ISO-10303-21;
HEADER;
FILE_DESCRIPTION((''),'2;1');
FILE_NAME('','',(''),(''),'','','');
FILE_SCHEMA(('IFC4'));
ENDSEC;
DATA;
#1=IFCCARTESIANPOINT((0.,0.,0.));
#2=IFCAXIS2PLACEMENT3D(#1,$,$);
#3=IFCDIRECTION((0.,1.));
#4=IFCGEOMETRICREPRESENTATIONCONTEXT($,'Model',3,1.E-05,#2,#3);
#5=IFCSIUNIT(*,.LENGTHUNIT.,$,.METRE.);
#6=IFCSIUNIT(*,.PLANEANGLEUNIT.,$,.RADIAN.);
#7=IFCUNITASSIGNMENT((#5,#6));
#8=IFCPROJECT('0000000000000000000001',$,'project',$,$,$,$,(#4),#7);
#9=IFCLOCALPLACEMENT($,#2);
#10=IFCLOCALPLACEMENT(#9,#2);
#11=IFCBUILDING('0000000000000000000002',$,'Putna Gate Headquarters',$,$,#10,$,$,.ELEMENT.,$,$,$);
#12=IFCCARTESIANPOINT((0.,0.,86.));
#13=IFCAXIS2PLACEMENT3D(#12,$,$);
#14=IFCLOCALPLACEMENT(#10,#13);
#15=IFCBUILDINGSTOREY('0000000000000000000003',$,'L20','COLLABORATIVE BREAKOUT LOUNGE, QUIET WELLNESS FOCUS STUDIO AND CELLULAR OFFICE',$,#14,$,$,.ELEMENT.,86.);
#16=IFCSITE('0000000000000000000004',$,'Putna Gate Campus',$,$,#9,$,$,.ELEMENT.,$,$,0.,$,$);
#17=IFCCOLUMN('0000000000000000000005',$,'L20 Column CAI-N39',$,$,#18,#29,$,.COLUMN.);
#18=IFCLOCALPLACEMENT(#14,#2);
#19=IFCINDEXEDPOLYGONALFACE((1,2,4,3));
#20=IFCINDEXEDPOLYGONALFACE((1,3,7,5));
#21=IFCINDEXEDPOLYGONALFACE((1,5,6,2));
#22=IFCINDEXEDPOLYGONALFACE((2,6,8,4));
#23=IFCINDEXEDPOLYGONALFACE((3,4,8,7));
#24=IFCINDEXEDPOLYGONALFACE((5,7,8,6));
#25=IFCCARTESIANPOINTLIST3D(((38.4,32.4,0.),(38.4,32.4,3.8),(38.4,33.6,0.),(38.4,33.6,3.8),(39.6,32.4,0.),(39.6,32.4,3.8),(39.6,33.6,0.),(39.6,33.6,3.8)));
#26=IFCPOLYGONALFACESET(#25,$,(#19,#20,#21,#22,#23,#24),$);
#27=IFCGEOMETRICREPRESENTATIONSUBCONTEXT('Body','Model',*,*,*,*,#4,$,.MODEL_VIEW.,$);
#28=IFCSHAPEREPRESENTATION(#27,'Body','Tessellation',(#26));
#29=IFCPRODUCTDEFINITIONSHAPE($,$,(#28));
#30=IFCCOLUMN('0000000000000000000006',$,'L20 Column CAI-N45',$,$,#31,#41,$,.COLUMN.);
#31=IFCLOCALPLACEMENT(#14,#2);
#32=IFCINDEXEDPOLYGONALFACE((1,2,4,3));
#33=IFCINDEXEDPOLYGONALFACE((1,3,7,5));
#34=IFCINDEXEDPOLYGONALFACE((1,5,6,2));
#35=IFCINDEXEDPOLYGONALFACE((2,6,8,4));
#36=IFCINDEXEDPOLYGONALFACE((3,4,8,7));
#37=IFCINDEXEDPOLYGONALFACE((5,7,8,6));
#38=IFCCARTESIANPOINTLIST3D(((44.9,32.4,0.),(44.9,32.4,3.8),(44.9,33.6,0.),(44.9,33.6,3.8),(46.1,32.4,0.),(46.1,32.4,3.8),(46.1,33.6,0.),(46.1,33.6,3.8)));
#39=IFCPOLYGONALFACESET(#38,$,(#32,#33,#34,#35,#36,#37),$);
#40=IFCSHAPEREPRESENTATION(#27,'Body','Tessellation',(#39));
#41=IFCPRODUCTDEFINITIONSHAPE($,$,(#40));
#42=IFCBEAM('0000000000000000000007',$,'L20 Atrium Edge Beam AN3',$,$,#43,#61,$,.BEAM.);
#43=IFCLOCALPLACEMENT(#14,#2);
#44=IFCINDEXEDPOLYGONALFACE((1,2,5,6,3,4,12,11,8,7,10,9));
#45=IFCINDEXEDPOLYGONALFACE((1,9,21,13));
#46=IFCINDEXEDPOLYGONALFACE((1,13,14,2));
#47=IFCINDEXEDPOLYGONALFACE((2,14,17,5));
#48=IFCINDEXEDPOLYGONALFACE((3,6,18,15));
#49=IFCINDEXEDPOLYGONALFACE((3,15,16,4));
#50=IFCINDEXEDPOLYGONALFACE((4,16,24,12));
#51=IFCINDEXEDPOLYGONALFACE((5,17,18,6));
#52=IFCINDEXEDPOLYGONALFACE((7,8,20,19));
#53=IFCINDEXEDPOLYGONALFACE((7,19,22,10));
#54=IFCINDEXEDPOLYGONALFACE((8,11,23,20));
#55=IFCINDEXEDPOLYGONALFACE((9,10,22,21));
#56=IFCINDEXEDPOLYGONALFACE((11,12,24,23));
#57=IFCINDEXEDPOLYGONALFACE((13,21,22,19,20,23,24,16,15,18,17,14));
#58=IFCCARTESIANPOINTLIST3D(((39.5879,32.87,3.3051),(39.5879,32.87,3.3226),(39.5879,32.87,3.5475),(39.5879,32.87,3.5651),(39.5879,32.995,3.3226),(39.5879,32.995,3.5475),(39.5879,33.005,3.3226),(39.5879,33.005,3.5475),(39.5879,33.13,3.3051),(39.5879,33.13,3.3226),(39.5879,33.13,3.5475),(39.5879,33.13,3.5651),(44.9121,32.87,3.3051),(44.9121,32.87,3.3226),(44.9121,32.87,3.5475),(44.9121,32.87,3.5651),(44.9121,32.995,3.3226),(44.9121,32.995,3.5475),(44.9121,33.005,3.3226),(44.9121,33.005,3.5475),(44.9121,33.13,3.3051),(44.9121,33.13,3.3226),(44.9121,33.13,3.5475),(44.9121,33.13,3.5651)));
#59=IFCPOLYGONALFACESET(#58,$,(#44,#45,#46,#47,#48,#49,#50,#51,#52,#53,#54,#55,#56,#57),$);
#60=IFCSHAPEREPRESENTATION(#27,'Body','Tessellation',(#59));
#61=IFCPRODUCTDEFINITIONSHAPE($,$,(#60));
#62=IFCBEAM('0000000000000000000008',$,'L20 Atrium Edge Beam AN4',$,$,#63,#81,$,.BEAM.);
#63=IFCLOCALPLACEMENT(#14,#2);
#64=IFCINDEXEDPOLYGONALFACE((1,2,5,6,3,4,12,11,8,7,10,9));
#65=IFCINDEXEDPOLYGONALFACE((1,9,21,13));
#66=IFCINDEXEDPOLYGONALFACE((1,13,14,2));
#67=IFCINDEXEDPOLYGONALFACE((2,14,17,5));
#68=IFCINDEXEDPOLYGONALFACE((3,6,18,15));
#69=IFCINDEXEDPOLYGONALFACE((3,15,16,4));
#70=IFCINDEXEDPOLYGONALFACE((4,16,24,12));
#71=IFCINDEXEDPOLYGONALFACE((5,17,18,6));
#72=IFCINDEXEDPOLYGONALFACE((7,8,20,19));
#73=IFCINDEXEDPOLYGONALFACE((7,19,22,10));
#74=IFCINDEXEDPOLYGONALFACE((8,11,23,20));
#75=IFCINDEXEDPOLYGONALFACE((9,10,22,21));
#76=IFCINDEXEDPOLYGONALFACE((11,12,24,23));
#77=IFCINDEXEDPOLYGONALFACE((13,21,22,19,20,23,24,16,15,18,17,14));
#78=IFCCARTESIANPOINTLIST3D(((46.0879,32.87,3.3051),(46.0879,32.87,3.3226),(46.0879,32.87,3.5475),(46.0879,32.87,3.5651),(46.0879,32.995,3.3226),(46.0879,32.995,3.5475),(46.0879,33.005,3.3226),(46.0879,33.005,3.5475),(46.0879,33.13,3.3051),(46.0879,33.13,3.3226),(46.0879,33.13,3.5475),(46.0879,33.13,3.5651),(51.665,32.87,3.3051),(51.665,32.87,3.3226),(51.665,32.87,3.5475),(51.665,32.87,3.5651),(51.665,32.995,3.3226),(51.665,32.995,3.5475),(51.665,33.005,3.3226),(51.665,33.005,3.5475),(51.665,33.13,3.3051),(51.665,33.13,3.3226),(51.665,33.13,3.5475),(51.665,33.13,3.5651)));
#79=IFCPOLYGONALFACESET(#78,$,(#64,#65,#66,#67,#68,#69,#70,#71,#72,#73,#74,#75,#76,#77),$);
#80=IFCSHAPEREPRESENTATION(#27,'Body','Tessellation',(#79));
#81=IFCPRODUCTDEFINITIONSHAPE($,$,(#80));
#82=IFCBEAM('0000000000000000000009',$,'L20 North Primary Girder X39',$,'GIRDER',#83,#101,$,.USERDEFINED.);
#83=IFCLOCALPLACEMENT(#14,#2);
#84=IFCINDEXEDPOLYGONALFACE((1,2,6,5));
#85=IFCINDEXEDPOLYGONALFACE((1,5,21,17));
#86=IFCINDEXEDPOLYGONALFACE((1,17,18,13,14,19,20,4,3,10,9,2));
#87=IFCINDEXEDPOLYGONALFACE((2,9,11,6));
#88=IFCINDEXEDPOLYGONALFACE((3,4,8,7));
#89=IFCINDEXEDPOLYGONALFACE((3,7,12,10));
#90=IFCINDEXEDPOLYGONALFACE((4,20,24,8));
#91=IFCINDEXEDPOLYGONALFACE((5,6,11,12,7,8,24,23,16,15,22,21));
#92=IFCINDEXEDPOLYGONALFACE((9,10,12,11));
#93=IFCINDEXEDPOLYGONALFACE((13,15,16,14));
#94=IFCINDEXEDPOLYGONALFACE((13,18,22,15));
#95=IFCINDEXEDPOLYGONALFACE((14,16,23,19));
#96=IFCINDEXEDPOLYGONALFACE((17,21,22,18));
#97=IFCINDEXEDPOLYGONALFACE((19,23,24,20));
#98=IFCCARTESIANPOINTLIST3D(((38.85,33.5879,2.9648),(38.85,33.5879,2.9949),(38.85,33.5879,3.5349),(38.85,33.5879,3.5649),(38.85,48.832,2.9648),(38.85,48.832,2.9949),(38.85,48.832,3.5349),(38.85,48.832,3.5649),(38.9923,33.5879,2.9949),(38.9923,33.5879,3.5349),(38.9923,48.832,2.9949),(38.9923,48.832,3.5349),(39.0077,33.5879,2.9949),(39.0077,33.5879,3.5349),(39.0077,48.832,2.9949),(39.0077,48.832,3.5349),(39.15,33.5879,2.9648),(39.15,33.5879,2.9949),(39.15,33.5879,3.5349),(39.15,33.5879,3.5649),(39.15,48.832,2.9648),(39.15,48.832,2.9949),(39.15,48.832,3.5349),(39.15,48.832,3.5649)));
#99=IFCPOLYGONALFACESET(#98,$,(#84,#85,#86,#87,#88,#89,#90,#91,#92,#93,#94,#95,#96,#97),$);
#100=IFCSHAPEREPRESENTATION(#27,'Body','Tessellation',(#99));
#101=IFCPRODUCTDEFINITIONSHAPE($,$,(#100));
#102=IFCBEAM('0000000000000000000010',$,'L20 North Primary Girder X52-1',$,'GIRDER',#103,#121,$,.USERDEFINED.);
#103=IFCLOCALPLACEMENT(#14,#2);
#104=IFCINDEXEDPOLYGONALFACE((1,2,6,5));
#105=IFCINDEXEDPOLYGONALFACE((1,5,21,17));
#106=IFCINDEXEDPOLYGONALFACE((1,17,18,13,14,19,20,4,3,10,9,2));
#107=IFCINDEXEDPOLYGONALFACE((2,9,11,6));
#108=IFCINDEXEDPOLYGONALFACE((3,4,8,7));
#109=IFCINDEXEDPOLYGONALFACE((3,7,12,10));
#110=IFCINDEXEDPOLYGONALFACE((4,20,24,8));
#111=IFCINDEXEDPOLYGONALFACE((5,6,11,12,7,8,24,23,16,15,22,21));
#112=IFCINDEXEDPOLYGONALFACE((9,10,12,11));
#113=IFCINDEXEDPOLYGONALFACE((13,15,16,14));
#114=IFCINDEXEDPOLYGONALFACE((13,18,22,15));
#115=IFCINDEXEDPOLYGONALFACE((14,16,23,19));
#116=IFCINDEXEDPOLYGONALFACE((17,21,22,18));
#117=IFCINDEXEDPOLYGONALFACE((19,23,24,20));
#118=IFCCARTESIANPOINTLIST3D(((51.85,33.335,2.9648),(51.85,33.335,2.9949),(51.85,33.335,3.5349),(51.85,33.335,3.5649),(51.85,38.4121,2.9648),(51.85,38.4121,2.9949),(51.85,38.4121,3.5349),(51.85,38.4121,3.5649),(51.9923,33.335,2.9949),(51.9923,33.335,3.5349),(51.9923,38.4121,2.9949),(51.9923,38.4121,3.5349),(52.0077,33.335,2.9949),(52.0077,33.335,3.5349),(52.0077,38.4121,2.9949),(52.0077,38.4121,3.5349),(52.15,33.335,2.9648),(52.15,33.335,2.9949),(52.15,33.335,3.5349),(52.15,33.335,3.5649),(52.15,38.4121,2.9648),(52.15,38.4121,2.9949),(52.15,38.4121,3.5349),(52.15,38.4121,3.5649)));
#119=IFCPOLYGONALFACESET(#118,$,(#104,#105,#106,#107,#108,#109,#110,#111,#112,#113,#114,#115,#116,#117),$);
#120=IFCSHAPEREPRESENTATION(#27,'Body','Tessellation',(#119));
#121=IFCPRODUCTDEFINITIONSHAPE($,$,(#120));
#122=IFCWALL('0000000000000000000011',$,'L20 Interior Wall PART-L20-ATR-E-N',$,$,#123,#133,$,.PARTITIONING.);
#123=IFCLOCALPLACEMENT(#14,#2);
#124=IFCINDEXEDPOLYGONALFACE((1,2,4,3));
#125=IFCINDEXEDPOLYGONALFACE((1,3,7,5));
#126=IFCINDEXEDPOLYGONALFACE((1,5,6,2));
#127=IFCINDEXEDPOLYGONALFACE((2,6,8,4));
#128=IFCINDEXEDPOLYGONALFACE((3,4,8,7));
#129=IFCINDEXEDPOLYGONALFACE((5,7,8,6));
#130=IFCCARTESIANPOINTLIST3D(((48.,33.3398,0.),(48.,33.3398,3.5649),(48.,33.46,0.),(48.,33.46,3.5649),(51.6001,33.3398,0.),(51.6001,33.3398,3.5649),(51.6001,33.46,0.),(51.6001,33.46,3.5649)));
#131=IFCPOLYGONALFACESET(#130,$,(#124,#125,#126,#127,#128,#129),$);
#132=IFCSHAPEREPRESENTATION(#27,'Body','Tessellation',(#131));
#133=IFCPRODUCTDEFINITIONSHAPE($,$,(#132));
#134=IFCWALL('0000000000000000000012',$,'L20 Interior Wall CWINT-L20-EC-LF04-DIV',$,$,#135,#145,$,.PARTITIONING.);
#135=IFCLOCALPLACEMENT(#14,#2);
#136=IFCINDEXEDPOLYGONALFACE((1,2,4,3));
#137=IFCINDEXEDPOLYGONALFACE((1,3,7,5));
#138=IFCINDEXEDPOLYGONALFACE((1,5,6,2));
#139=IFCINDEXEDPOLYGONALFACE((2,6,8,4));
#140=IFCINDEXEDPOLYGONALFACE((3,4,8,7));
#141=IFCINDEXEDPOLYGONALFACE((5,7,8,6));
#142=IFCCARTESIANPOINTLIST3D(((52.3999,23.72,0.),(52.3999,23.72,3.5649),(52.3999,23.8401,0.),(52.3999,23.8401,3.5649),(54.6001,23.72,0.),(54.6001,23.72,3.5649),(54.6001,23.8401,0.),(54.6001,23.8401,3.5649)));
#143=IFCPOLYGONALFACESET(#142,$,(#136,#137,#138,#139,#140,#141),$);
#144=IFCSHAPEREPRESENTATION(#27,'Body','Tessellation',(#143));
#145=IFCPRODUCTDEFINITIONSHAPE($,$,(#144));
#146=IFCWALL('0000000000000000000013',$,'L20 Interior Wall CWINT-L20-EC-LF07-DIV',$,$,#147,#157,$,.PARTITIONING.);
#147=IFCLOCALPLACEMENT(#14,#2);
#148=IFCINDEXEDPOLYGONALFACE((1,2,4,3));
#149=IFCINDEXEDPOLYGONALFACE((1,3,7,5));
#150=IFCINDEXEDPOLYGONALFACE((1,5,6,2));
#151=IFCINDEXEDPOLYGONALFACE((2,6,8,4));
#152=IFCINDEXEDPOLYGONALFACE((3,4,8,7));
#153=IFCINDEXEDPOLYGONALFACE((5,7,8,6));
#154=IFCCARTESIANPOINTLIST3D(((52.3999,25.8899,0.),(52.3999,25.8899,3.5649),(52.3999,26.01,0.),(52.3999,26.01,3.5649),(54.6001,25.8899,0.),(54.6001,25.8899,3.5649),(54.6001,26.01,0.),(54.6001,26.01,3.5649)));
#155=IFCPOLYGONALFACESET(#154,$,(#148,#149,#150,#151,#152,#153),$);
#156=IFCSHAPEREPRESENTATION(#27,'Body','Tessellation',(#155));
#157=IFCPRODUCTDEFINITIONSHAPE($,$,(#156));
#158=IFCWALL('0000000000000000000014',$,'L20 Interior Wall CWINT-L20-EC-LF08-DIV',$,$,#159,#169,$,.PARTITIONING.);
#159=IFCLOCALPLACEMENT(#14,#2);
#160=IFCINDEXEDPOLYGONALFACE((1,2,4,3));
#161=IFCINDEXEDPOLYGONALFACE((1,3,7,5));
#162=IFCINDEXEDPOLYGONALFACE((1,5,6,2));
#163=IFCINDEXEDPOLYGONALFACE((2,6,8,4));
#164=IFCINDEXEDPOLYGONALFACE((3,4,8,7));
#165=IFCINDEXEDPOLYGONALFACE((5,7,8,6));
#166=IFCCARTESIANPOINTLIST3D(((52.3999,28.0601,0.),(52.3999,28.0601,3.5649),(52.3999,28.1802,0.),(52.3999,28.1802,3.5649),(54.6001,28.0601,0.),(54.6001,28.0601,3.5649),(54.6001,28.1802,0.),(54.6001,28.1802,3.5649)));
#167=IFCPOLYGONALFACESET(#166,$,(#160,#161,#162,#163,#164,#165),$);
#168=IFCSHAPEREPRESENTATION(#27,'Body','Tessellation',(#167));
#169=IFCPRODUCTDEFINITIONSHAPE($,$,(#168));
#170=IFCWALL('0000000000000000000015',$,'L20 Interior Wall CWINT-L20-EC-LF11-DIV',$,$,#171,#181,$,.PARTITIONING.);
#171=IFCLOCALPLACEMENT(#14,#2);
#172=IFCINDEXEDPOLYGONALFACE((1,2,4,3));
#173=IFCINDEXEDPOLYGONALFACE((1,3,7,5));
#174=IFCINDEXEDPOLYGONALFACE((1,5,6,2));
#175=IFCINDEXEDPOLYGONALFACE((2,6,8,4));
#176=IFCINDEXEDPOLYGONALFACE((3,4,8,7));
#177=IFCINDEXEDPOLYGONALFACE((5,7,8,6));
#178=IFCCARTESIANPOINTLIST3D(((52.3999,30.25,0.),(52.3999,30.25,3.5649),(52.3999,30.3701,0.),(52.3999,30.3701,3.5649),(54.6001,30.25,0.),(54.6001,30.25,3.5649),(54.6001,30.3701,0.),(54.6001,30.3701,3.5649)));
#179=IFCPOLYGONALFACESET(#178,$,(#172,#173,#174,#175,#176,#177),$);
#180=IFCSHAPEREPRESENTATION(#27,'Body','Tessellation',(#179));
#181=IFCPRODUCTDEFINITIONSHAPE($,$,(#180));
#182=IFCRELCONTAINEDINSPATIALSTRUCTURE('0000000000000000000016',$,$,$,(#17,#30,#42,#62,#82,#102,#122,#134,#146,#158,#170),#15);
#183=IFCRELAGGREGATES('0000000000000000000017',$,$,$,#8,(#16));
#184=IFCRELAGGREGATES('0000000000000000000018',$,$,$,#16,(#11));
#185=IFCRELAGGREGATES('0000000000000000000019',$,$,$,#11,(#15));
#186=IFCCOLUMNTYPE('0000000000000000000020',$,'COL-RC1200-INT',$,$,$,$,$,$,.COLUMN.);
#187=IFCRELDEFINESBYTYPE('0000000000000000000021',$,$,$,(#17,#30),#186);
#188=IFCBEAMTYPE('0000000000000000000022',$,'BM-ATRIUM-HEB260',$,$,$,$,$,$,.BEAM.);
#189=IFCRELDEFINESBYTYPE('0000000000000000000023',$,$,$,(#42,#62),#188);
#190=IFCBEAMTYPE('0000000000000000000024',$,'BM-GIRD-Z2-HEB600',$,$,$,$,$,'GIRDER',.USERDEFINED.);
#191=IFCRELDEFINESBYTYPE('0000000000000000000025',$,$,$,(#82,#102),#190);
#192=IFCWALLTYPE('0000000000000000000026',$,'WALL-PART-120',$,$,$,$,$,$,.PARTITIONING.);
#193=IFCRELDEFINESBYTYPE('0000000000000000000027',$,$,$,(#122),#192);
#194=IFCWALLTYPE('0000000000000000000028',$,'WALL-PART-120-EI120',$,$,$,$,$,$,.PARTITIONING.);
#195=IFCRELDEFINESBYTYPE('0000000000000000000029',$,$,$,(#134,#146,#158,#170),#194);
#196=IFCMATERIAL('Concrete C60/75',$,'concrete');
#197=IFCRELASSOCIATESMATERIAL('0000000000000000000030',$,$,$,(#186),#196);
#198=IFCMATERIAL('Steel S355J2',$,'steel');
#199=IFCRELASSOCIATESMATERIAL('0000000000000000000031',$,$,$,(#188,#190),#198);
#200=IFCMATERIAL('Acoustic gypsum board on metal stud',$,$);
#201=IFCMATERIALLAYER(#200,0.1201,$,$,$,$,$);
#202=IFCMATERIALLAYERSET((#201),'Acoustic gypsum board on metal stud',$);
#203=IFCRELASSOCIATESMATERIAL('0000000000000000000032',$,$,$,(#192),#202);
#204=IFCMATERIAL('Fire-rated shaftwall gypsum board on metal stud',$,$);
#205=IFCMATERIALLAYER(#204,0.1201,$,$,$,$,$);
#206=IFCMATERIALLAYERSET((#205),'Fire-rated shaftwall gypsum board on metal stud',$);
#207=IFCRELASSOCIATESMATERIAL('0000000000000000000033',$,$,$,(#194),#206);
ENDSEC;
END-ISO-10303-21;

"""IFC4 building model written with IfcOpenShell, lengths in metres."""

from ifc_helpers import new_model, si_unit, direction, frame, frame_2d, origin, origin_2d, place, context, subcontext, project, spatial, rectangle, i_section, extrude, material, layer, layer_set, material_profile, profile_set, type_object, element, save


model = new_model("IFC4")

# Units and contexts
model_context = context("Model", 3, precision=1e-05, world=origin(), true_north=direction((0.0, 1.0)))
body_context = subcontext(model_context, "Body", "Model", "MODEL_VIEW")
ifc_project = project(units=[si_unit("LENGTHUNIT", "METRE"), si_unit("PLANEANGLEUNIT", "RADIAN")], contexts=[model_context])

# Site, building, storey
site_placement = place(None, origin())
site = spatial("IfcSite", under=ifc_project, at=site_placement, Name="Putna Gate Campus", CompositionType="ELEMENT", RefElevation=0.0)
building_placement = place(site_placement, origin())
building = spatial("IfcBuilding", under=site, at=building_placement, Name="Putna Gate Headquarters", CompositionType="ELEMENT")
storey_placement = place(building_placement, frame((0.0, 0.0, 86.0)))
storey = spatial("IfcBuildingStorey", under=building, at=storey_placement, Name="L20", Description="COLLABORATIVE BREAKOUT LOUNGE, QUIET WELLNESS FOCUS STUDIO AND CELLULAR OFFICE", CompositionType="ELEMENT", Elevation=86.0)

# Columns
ifc_material_1 = material(Name="Concrete C60/75", Category="concrete")
ifc_material_profile_1 = material_profile(ifc_material_1, rectangle(XDim=1.2, YDim=1.2, at=origin_2d()), Name="Concrete C60/75")
ifc_profile_set_1 = profile_set([ifc_material_profile_1], Name="Concrete C60/75")
column_type = type_object("IfcColumnType", Name="COL-RC1200-INT", PredefinedType="COLUMN", material=ifc_profile_set_1)
for number, where, z_axis, x_axis, name in (
    (1, (39.0, 33.0, 0.0), (0.0, 0.0, 1.0), (1.0, 0.0, 0.0), "L20 Column CAI-N39"),
    (2, (45.5, 33.0, 0.0), (0.0, 0.0, 1.0), (1.0, 0.0, 0.0), "L20 Column CAI-N45"),
):
    element("IfcColumn", number, at=place(storey_placement, frame(where, z_axis=z_axis, x_axis=x_axis)), inside=storey, type_object=column_type, Name=name, PredefinedType="COLUMN", context=body_context, shape_type="SweptSolid", body=[
        extrude(rectangle(XDim=1.2, YDim=1.2, at=origin_2d()), origin(), (0.0, 0.0, 1.0), 3.8),
    ])

# Beams
ifc_material_2 = material(Name="Steel S355J2", Category="steel")
ifc_material_profile_2 = material_profile(ifc_material_2, i_section(OverallWidth=0.26, OverallDepth=0.26, WebThickness=0.01, FlangeThickness=0.0176, at=origin_2d()), Name="Steel S355J2")
ifc_profile_set_2 = profile_set([ifc_material_profile_2], Name="Steel S355J2")
beam_type_1 = type_object("IfcBeamType", Name="BM-ATRIUM-HEB260", PredefinedType="BEAM", material=ifc_profile_set_2)
beam_1_placement = place(storey_placement, frame((39.5879, 33.0, 3.4351), z_axis=(1.0, 0.0, 0.0), x_axis=(0.0, 1.0, 0.0)))
element("IfcBeam", 3, at=beam_1_placement, inside=storey, type_object=beam_type_1, Name="L20 Atrium Edge Beam AN3", PredefinedType="BEAM", context=body_context, shape_type="SweptSolid", body=[
    extrude(i_section(OverallWidth=0.26, OverallDepth=0.26, WebThickness=0.01, FlangeThickness=0.0176, at=origin_2d()), origin(), (0.0, 0.0, 1.0), 5.3242),
])
beam_2_placement = place(storey_placement, frame((46.0879, 33.0, 3.4351), z_axis=(1.0, 0.0, 0.0), x_axis=(0.0, 1.0, 0.0)))
element("IfcBeam", 4, at=beam_2_placement, inside=storey, type_object=beam_type_1, Name="L20 Atrium Edge Beam AN4", PredefinedType="BEAM", context=body_context, shape_type="SweptSolid", body=[
    extrude(i_section(OverallWidth=0.26, OverallDepth=0.26, WebThickness=0.01, FlangeThickness=0.0176, at=origin_2d()), origin(), (0.0, 0.0, 1.0), 5.5771),
])
ifc_material_profile_3 = material_profile(ifc_material_2, i_section(OverallWidth=0.3, OverallDepth=0.6001, WebThickness=0.0154, FlangeThickness=0.03, at=origin_2d()), Name="Steel S355J2")
ifc_profile_set_3 = profile_set([ifc_material_profile_3], Name="Steel S355J2")
beam_type_2 = type_object("IfcBeamType", Name="BM-GIRD-Z2-HEB600", ElementType="GIRDER", PredefinedType="USERDEFINED", material=ifc_profile_set_3)
beam_3_placement = place(storey_placement, frame((39.0, 33.5879, 3.2649), z_axis=(0.0, 1.0, 0.0), x_axis=(-1.0, 0.0, 0.0)))
element("IfcBeam", 5, at=beam_3_placement, inside=storey, type_object=beam_type_2, Name="L20 North Primary Girder X39", ObjectType="GIRDER", PredefinedType="USERDEFINED", context=body_context, shape_type="SweptSolid", body=[
    extrude(i_section(OverallWidth=0.3, OverallDepth=0.6001, WebThickness=0.0154, FlangeThickness=0.03, at=origin_2d()), origin(), (0.0, 0.0, 1.0), 15.2441),
])
beam_4_placement = place(storey_placement, frame((52.0, 33.335, 3.2649), z_axis=(0.0, 1.0, 0.0), x_axis=(-1.0, 0.0, 0.0)))
element("IfcBeam", 6, at=beam_4_placement, inside=storey, type_object=beam_type_2, Name="L20 North Primary Girder X52-1", ObjectType="GIRDER", PredefinedType="USERDEFINED", context=body_context, shape_type="SweptSolid", body=[
    extrude(i_section(OverallWidth=0.3, OverallDepth=0.6001, WebThickness=0.0154, FlangeThickness=0.03, at=origin_2d()), origin(), (0.0, 0.0, 1.0), 5.0771),
])

# Walls
ifc_material_3 = material(Name="Acoustic gypsum board on metal stud")
ifc_layer_1 = layer(ifc_material_3, 0.1201)
ifc_layer_set_1 = layer_set([ifc_layer_1], Name="Acoustic gypsum board on metal stud")
wall_type_1 = type_object("IfcWallType", Name="WALL-PART-120", PredefinedType="PARTITIONING", material=ifc_layer_set_1)
wall_1_placement = place(storey_placement, frame((48.0, 33.3999, 0.0), z_axis=(0.0, 0.0, 1.0), x_axis=(1.0, 0.0, 0.0)))
element("IfcWall", 7, at=wall_1_placement, inside=storey, type_object=wall_type_1, Name="L20 Interior Wall PART-L20-ATR-E-N", PredefinedType="PARTITIONING", context=body_context, shape_type="SweptSolid", body=[
    extrude(rectangle(XDim=3.6001, YDim=0.1201, at=frame_2d((1.8, 0.0))), origin(), (0.0, 0.0, 1.0), 3.5649),
])
ifc_material_4 = material(Name="Fire-rated shaftwall gypsum board on metal stud")
ifc_layer_2 = layer(ifc_material_4, 0.1201)
ifc_layer_set_2 = layer_set([ifc_layer_2], Name="Fire-rated shaftwall gypsum board on metal stud")
wall_type_2 = type_object("IfcWallType", Name="WALL-PART-120-EI120", PredefinedType="PARTITIONING", material=ifc_layer_set_2)
for number, where, z_axis, x_axis, name in (
    (8, (52.3999, 23.78, 0.0), (0.0, 0.0, 1.0), (1.0, 0.0, 0.0), "L20 Interior Wall CWINT-L20-EC-LF04-DIV"),
    (9, (52.3999, 25.95, 0.0), (0.0, 0.0, 1.0), (1.0, 0.0, 0.0), "L20 Interior Wall CWINT-L20-EC-LF07-DIV"),
    (10, (52.3999, 28.1201, 0.0), (0.0, 0.0, 1.0), (1.0, 0.0, 0.0), "L20 Interior Wall CWINT-L20-EC-LF08-DIV"),
    (11, (52.3999, 30.3101, 0.0), (0.0, 0.0, 1.0), (1.0, 0.0, 0.0), "L20 Interior Wall CWINT-L20-EC-LF11-DIV"),
):
    element("IfcWall", number, at=place(storey_placement, frame(where, z_axis=z_axis, x_axis=x_axis)), inside=storey, type_object=wall_type_2, Name=name, PredefinedType="PARTITIONING", context=body_context, shape_type="SweptSolid", body=[
        extrude(rectangle(XDim=2.2002, YDim=0.1201, at=frame_2d((1.1001, 0.0))), origin(), (0.0, 0.0, 1.0), 3.5649),
    ])

save(model, "model.ifc")
